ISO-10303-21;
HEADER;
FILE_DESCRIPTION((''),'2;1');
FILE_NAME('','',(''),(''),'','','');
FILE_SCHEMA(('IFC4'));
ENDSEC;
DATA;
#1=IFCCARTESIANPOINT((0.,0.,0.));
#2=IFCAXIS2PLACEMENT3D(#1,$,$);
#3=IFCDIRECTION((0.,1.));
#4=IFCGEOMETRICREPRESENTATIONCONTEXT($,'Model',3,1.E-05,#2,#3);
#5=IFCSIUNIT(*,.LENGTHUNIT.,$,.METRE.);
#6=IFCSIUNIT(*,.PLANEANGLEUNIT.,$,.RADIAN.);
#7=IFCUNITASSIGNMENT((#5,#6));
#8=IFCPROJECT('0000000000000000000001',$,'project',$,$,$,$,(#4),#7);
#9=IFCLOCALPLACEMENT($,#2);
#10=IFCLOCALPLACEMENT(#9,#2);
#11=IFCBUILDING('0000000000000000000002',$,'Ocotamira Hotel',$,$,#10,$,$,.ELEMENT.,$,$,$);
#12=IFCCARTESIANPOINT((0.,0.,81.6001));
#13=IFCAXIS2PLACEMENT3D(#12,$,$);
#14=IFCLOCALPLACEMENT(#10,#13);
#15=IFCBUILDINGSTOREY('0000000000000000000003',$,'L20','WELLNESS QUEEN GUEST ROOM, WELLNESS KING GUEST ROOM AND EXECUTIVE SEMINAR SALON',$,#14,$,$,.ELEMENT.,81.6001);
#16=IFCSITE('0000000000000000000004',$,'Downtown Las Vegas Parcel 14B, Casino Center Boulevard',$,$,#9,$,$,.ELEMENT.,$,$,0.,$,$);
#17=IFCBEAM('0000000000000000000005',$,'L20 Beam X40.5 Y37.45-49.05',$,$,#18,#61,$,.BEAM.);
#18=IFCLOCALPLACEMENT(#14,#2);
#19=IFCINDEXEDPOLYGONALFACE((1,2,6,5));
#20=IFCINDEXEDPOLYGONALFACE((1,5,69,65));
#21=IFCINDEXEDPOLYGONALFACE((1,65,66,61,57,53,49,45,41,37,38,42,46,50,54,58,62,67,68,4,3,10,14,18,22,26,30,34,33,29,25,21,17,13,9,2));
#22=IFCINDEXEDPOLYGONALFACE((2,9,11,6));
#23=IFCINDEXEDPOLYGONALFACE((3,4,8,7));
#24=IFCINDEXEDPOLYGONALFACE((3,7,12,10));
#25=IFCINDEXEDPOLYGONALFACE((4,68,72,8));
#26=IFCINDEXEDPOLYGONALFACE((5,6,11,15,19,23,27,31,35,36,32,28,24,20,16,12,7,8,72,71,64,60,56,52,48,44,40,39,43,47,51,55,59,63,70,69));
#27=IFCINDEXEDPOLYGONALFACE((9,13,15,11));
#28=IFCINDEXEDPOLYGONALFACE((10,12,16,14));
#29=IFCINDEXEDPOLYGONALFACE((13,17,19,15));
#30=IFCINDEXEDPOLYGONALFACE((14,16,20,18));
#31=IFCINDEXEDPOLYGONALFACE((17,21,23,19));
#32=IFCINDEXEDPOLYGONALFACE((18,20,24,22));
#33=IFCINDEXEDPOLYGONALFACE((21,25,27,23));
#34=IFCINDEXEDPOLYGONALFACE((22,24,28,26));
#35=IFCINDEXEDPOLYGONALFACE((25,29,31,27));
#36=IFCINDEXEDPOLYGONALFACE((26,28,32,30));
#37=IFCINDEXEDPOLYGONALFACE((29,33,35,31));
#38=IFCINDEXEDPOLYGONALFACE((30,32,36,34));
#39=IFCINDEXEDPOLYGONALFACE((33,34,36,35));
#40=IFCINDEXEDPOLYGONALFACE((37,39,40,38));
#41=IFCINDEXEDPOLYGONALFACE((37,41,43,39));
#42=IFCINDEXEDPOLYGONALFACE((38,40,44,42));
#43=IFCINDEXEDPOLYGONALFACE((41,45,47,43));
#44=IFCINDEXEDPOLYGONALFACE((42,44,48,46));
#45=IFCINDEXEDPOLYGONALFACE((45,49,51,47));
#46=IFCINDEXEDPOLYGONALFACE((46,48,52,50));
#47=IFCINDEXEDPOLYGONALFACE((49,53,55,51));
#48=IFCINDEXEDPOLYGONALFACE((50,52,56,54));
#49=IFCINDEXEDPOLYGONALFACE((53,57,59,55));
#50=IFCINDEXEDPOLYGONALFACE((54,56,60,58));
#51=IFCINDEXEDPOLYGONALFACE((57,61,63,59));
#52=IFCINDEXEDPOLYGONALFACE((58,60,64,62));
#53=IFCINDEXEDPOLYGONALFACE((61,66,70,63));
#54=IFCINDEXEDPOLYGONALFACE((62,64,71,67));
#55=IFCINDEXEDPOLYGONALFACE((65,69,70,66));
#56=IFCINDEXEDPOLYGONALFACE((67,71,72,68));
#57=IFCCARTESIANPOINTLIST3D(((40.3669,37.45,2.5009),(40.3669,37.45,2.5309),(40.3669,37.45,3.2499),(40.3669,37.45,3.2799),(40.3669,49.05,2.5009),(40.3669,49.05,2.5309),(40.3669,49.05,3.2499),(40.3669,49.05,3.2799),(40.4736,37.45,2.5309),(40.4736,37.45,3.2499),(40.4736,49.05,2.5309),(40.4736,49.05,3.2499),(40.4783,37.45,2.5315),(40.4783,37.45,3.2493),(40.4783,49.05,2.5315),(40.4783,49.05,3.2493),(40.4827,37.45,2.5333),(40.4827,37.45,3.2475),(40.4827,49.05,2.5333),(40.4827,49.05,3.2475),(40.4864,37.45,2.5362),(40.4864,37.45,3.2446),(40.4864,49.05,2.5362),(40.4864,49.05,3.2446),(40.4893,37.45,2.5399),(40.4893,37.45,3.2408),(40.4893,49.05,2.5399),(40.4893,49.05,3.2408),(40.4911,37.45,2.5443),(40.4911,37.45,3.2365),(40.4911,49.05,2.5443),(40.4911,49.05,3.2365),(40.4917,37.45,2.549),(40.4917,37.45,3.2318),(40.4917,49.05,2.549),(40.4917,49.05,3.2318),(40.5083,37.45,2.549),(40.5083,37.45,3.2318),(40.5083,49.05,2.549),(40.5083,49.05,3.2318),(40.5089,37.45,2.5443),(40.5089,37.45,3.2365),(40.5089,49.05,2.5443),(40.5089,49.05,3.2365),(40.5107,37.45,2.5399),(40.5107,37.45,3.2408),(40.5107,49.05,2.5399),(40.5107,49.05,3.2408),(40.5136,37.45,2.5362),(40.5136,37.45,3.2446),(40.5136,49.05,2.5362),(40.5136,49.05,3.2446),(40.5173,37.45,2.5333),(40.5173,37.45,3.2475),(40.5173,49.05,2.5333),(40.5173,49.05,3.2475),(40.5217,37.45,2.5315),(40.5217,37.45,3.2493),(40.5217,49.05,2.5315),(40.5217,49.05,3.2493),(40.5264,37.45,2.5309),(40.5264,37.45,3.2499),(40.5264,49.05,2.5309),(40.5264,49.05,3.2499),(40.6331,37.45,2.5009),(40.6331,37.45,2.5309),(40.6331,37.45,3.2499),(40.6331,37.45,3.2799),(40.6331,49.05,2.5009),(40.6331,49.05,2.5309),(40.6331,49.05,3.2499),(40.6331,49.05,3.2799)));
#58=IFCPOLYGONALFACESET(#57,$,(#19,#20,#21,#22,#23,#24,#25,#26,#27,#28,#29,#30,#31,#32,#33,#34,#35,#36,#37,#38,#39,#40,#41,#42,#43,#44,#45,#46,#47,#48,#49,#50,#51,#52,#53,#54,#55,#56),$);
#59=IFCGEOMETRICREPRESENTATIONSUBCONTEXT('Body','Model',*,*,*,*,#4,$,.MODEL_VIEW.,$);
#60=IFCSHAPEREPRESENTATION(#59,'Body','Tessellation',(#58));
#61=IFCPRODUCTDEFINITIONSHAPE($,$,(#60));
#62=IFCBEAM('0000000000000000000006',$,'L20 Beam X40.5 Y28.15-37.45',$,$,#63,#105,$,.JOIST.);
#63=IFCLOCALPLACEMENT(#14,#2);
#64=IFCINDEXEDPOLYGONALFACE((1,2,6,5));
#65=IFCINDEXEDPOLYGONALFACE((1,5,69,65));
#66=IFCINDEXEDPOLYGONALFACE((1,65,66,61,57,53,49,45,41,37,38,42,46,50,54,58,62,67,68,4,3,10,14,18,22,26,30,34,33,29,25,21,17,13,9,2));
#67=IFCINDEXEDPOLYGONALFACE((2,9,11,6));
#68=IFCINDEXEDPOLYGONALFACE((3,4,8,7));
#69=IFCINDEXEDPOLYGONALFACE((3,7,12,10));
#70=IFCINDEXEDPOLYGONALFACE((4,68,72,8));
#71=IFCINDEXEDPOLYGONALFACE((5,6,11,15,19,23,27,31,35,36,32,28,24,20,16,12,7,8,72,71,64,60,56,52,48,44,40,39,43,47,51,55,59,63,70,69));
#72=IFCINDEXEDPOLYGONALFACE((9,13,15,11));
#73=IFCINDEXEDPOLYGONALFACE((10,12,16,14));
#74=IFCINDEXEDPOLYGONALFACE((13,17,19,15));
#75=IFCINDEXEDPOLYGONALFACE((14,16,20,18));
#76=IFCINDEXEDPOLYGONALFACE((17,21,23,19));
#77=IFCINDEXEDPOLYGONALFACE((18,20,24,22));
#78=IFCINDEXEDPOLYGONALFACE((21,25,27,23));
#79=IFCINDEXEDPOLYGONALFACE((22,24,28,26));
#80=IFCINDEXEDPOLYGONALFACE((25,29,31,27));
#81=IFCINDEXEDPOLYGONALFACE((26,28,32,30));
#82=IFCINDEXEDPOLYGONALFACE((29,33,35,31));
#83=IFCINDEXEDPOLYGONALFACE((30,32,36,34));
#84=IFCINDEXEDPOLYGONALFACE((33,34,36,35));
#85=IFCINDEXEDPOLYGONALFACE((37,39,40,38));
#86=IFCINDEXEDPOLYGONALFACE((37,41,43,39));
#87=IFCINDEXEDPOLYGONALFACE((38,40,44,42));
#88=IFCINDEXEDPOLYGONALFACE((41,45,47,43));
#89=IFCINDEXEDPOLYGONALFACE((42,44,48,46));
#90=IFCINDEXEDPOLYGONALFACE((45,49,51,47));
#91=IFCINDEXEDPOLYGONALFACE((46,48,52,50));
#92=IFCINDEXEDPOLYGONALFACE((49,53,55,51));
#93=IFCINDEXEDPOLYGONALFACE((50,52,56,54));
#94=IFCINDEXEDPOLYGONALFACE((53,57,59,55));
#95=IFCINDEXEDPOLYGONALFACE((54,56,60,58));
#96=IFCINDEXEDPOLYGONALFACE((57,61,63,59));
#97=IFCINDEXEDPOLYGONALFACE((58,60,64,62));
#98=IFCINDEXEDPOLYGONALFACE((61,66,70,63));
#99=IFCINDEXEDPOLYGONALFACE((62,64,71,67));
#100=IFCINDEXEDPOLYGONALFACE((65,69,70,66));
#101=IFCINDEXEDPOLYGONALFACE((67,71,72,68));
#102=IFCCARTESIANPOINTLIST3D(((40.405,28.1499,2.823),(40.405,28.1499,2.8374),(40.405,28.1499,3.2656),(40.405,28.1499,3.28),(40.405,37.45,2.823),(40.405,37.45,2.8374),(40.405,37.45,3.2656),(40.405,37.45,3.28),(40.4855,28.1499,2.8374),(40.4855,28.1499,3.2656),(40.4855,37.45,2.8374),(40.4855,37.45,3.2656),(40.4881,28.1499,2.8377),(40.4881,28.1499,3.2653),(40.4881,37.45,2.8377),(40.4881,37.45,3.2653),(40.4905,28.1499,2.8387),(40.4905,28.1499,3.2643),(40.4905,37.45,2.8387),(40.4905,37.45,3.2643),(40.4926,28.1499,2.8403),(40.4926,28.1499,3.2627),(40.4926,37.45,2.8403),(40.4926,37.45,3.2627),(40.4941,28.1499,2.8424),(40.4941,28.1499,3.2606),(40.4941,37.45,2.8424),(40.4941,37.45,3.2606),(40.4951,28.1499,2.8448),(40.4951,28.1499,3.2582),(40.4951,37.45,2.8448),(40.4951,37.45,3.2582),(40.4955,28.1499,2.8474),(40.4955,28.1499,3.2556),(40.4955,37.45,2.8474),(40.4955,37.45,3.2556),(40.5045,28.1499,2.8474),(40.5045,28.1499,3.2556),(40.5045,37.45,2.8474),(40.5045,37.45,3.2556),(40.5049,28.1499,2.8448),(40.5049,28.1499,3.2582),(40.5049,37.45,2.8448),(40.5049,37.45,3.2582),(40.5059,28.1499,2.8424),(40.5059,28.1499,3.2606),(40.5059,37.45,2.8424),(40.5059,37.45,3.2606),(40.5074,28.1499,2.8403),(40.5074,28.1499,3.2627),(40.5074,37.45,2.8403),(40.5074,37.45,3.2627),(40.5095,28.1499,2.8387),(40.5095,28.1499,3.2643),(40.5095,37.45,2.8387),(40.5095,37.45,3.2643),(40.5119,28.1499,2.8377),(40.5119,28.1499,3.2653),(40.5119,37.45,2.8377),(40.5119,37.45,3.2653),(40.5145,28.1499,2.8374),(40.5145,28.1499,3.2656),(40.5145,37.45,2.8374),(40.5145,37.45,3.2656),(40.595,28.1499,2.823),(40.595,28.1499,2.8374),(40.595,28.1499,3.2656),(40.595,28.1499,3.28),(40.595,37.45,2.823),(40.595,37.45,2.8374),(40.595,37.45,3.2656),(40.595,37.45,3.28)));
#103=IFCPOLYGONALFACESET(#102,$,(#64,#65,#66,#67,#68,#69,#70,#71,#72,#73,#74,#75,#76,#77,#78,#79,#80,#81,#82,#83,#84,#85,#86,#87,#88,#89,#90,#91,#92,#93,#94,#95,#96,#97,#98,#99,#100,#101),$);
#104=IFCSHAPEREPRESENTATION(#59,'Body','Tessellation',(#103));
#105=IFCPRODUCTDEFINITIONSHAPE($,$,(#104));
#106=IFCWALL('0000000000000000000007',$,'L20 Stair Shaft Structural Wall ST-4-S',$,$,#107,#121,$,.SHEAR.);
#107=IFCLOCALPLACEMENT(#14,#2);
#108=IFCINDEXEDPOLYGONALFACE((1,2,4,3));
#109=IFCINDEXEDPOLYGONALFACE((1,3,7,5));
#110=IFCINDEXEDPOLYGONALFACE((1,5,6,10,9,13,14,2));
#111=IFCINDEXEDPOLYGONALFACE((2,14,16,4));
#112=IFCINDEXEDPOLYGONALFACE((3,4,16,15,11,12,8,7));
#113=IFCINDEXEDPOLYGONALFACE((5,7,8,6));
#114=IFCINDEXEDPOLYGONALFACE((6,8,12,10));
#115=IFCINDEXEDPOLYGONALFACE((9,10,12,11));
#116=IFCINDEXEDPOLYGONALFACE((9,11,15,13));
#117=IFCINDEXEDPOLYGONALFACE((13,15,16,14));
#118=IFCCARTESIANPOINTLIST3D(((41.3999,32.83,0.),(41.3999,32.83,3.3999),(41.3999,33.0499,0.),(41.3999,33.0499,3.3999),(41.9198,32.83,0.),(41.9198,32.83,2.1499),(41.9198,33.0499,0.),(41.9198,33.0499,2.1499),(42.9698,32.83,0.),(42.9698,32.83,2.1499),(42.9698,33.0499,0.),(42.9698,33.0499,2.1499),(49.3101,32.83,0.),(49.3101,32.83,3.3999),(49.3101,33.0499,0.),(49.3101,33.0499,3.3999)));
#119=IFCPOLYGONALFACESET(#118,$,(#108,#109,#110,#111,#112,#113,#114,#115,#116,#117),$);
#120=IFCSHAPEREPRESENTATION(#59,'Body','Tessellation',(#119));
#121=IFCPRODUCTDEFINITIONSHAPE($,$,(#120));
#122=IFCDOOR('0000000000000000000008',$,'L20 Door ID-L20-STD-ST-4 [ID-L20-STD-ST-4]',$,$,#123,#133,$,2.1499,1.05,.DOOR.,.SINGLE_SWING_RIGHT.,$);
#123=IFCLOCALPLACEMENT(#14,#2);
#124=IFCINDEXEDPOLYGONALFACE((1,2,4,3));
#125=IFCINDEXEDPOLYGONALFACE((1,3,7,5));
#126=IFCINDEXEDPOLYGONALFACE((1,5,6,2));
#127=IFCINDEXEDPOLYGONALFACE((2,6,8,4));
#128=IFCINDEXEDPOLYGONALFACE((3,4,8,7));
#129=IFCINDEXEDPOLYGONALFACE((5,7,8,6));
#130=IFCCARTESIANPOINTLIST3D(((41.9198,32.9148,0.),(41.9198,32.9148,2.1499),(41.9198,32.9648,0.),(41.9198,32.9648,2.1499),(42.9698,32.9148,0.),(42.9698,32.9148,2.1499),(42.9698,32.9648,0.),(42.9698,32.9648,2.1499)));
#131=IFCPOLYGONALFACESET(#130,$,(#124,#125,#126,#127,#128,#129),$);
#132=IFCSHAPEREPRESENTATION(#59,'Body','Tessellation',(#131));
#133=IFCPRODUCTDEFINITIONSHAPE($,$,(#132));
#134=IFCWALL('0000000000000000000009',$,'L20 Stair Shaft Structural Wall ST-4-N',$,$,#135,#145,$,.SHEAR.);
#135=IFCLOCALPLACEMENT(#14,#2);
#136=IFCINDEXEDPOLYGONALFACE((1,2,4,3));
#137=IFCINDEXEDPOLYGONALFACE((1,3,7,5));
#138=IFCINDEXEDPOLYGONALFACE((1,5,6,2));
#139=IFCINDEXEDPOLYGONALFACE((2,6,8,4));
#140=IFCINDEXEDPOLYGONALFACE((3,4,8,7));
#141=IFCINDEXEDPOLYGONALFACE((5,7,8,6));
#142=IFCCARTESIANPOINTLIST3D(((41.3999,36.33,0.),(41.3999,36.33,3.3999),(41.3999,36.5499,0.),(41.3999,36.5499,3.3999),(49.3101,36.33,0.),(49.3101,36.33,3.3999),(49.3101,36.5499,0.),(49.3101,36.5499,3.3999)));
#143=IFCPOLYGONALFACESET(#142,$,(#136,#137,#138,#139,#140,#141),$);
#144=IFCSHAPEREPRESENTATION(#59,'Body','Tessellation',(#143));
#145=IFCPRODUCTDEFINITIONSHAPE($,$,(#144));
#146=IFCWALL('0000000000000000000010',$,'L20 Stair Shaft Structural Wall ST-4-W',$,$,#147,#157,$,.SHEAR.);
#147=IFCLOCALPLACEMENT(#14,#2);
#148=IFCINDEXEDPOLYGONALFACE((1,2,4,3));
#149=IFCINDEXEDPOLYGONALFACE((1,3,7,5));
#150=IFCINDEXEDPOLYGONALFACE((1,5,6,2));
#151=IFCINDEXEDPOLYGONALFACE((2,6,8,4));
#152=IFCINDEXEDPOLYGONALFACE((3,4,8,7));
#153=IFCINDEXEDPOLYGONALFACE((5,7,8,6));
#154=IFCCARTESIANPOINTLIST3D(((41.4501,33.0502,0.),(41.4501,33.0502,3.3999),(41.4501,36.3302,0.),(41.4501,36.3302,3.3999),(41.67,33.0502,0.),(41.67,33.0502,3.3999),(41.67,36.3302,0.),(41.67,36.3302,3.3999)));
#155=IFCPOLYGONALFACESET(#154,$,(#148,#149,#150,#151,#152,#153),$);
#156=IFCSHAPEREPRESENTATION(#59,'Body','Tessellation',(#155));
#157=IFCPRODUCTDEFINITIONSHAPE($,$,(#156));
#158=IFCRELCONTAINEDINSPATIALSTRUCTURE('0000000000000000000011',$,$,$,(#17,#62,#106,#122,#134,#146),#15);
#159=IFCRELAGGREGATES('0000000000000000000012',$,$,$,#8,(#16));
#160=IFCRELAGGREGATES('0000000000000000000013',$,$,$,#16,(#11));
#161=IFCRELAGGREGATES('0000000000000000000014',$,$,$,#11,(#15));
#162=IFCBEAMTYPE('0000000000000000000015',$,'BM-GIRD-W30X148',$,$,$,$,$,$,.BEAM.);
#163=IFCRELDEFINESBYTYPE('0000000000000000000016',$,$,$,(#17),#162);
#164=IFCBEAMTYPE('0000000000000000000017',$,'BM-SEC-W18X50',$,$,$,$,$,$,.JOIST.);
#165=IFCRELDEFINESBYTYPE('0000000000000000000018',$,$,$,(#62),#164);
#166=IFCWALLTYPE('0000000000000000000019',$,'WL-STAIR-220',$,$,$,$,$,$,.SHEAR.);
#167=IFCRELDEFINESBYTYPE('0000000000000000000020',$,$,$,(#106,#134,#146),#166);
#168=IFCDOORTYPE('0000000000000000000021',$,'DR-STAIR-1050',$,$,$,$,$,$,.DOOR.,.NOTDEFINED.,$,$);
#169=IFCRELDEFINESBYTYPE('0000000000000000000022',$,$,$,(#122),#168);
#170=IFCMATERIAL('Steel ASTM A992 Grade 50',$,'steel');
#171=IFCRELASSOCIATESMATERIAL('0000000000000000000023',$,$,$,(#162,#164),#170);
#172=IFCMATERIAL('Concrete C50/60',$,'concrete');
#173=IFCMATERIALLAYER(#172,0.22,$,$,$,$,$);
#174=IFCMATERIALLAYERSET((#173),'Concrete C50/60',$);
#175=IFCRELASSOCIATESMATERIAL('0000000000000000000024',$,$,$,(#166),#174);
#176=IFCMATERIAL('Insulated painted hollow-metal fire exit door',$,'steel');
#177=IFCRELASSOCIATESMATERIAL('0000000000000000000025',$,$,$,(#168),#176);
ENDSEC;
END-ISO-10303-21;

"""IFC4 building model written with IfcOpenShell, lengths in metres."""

from ifc_helpers import new_model, si_unit, direction, frame, frame_2d, origin, origin_2d, place, context, subcontext, project, spatial, rectangle, i_section, extrude, source, transform, mapped, material, layer, layer_set, material_profile, profile_set, type_object, element, fill, save


model = new_model("IFC4")

# Units and contexts
model_context = context("Model", 3, precision=1e-05, world=origin(), true_north=direction((0.0, 1.0)))
body_context = subcontext(model_context, "Body", "Model", "MODEL_VIEW")
ifc_project = project(units=[si_unit("LENGTHUNIT", "METRE"), si_unit("PLANEANGLEUNIT", "RADIAN")], contexts=[model_context])

# Site, building, storey
site_placement = place(None, origin())
site = spatial("IfcSite", under=ifc_project, at=site_placement, Name="Downtown Las Vegas Parcel 14B, Casino Center Boulevard", CompositionType="ELEMENT", RefElevation=0.0)
building_placement = place(site_placement, origin())
building = spatial("IfcBuilding", under=site, at=building_placement, Name="Ocotamira Hotel", CompositionType="ELEMENT")
storey_placement = place(building_placement, frame((0.0, 0.0, 81.6001)))
storey = spatial("IfcBuildingStorey", under=building, at=storey_placement, Name="L20", Description="WELLNESS QUEEN GUEST ROOM, WELLNESS KING GUEST ROOM AND EXECUTIVE SEMINAR SALON", CompositionType="ELEMENT", Elevation=81.6001)

# Beams
ifc_material_1 = material(Name="Steel ASTM A992 Grade 50", Category="steel")
ifc_material_profile_1 = material_profile(ifc_material_1, i_section(OverallWidth=0.2661, OverallDepth=0.7791, WebThickness=0.0166, FlangeThickness=0.03, FilletRadius=0.0181, at=origin_2d()), Name="W30X148")
ifc_profile_set_1 = profile_set([ifc_material_profile_1], Name="Steel ASTM A992 Grade 50")
beam_type_1 = type_object("IfcBeamType", Name="BM-GIRD-W30X148", PredefinedType="BEAM", material=ifc_profile_set_1)
shared_shape_1 = source(origin(), body_context, "Body", "SweptSolid", [
    extrude(i_section(OverallWidth=0.2661, OverallDepth=0.7791, WebThickness=0.0166, FlangeThickness=0.03, FilletRadius=0.0181, at=origin_2d()), origin(), (0.0, 0.0, 1.0), 11.6001),
])
beam_1_placement = place(storey_placement, frame((40.5, 37.45, 2.8904), z_axis=(0.0, 1.0, 0.0), x_axis=(-1.0, 0.0, 0.0)))
element("IfcBeam", 1, at=beam_1_placement, inside=storey, type_object=beam_type_1, Name="L20 Beam X40.5 Y37.45-49.05", PredefinedType="BEAM", context=body_context, shape_type="MappedRepresentation", body=[
    mapped(shared_shape_1, transform((0.0, 0.0, 0.0), scale=1.0)),
])
ifc_material_profile_2 = material_profile(ifc_material_1, i_section(OverallWidth=0.1899, OverallDepth=0.457, WebThickness=0.009, FlangeThickness=0.0144, FilletRadius=0.01, at=origin_2d()), Name="W18X50")
ifc_profile_set_2 = profile_set([ifc_material_profile_2], Name="Steel ASTM A992 Grade 50")
beam_type_2 = type_object("IfcBeamType", Name="BM-SEC-W18X50", PredefinedType="JOIST", material=ifc_profile_set_2)
shared_shape_2 = source(origin(), body_context, "Body", "SweptSolid", [
    extrude(i_section(OverallWidth=0.1899, OverallDepth=0.457, WebThickness=0.009, FlangeThickness=0.0144, FilletRadius=0.01, at=origin_2d()), origin(), (0.0, 0.0, 1.0), 9.3),
])
beam_2_placement = place(storey_placement, frame((40.5, 28.1499, 3.0515), z_axis=(0.0, 1.0, 0.0), x_axis=(-1.0, 0.0, 0.0)))
element("IfcBeam", 2, at=beam_2_placement, inside=storey, type_object=beam_type_2, Name="L20 Beam X40.5 Y28.15-37.45", PredefinedType="JOIST", context=body_context, shape_type="MappedRepresentation", body=[
    mapped(shared_shape_2, transform((0.0, 0.0, 0.0), scale=1.0)),
])

# Wall, opening, door
ifc_material_2 = material(Name="Concrete C50/60", Category="concrete")
ifc_layer_1 = layer(ifc_material_2, 0.22)
ifc_layer_set_1 = layer_set([ifc_layer_1], Name="Concrete C50/60")
wall_type_1 = type_object("IfcWallType", Name="WL-STAIR-220", PredefinedType="SHEAR", material=ifc_layer_set_1)
wall_1_placement = place(storey_placement, frame((41.3999, 32.9399, 0.0), z_axis=(0.0, 0.0, 1.0), x_axis=(1.0, 0.0, 0.0)))
wall_1 = element("IfcWall", 3, at=wall_1_placement, inside=storey, type_object=wall_type_1, Name="L20 Stair Shaft Structural Wall ST-4-S", PredefinedType="SHEAR", context=body_context, shape_type="SweptSolid", body=[
    extrude(rectangle(XDim=7.9102, YDim=0.22, at=frame_2d((3.9551, 0.0))), origin(), (0.0, 0.0, 1.0), 3.3999),
])
opening_1_placement = place(wall_1_placement, frame((0.52, 0.0, 0.0)))
opening_1 = element("IfcOpeningElement", 4, at=opening_1_placement, cuts=wall_1, PredefinedType="OPENING", context=body_context, shape_type="SweptSolid", body=[
    extrude(rectangle(XDim=1.05, YDim=2.1499, at=frame_2d((0.5249, 1.075))), frame((0.0, 0.1201, 0.0), z_axis=(0.0, -1.0, 0.0), x_axis=(1.0, 0.0, 0.0)), (0.0, 0.0, 1.0), 0.24),
])
ifc_material_3 = material(Name="Insulated painted hollow-metal fire exit door", Category="steel")
door_type_1 = type_object("IfcDoorType", Name="DR-STAIR-1050", OperationType="NOTDEFINED", PredefinedType="DOOR", material=ifc_material_3)
shared_shape_3 = source(origin(), body_context, "Body", "SweptSolid", [
    extrude(rectangle(XDim=1.05, YDim=2.1499, at=frame_2d((0.5249, 1.075))), frame((0.0, 0.0249, 0.0), z_axis=(0.0, -1.0, 0.0), x_axis=(1.0, 0.0, 0.0)), (0.0, 0.0, 1.0), 0.05),
])
door_1_placement = place(opening_1_placement, origin())
door_1 = element("IfcDoor", 5, at=door_1_placement, inside=storey, type_object=door_type_1, Name="L20 Door ID-L20-STD-ST-4 [ID-L20-STD-ST-4]", OperationType="SINGLE_SWING_RIGHT", OverallHeight=2.1499, OverallWidth=1.05, PredefinedType="DOOR", context=body_context, shape_type="MappedRepresentation", body=[
    mapped(shared_shape_3, transform((0.0, 0.0, 0.0), scale=1.0)),
])
fill(opening_1, door_1)

# Walls
wall_2_placement = place(storey_placement, frame((41.3999, 36.4399, 0.0), z_axis=(0.0, 0.0, 1.0), x_axis=(1.0, 0.0, 0.0)))
element("IfcWall", 6, at=wall_2_placement, inside=storey, type_object=wall_type_1, Name="L20 Stair Shaft Structural Wall ST-4-N", PredefinedType="SHEAR", context=body_context, shape_type="SweptSolid", body=[
    extrude(rectangle(XDim=7.9102, YDim=0.22, at=frame_2d((3.9551, 0.0))), origin(), (0.0, 0.0, 1.0), 3.3999),
])
wall_3_placement = place(storey_placement, frame((41.5601, 33.05, 0.0), z_axis=(0.0, 0.0, 1.0), x_axis=(0.0, 1.0, 0.0)))
element("IfcWall", 7, at=wall_3_placement, inside=storey, type_object=wall_type_1, Name="L20 Stair Shaft Structural Wall ST-4-W", PredefinedType="SHEAR", context=body_context, shape_type="SweptSolid", body=[
    extrude(rectangle(XDim=3.28, YDim=0.22, at=frame_2d((1.6401, 0.0))), origin(), (0.0, 0.0, 1.0), 3.3999),
])

save(model, "model.ifc")
